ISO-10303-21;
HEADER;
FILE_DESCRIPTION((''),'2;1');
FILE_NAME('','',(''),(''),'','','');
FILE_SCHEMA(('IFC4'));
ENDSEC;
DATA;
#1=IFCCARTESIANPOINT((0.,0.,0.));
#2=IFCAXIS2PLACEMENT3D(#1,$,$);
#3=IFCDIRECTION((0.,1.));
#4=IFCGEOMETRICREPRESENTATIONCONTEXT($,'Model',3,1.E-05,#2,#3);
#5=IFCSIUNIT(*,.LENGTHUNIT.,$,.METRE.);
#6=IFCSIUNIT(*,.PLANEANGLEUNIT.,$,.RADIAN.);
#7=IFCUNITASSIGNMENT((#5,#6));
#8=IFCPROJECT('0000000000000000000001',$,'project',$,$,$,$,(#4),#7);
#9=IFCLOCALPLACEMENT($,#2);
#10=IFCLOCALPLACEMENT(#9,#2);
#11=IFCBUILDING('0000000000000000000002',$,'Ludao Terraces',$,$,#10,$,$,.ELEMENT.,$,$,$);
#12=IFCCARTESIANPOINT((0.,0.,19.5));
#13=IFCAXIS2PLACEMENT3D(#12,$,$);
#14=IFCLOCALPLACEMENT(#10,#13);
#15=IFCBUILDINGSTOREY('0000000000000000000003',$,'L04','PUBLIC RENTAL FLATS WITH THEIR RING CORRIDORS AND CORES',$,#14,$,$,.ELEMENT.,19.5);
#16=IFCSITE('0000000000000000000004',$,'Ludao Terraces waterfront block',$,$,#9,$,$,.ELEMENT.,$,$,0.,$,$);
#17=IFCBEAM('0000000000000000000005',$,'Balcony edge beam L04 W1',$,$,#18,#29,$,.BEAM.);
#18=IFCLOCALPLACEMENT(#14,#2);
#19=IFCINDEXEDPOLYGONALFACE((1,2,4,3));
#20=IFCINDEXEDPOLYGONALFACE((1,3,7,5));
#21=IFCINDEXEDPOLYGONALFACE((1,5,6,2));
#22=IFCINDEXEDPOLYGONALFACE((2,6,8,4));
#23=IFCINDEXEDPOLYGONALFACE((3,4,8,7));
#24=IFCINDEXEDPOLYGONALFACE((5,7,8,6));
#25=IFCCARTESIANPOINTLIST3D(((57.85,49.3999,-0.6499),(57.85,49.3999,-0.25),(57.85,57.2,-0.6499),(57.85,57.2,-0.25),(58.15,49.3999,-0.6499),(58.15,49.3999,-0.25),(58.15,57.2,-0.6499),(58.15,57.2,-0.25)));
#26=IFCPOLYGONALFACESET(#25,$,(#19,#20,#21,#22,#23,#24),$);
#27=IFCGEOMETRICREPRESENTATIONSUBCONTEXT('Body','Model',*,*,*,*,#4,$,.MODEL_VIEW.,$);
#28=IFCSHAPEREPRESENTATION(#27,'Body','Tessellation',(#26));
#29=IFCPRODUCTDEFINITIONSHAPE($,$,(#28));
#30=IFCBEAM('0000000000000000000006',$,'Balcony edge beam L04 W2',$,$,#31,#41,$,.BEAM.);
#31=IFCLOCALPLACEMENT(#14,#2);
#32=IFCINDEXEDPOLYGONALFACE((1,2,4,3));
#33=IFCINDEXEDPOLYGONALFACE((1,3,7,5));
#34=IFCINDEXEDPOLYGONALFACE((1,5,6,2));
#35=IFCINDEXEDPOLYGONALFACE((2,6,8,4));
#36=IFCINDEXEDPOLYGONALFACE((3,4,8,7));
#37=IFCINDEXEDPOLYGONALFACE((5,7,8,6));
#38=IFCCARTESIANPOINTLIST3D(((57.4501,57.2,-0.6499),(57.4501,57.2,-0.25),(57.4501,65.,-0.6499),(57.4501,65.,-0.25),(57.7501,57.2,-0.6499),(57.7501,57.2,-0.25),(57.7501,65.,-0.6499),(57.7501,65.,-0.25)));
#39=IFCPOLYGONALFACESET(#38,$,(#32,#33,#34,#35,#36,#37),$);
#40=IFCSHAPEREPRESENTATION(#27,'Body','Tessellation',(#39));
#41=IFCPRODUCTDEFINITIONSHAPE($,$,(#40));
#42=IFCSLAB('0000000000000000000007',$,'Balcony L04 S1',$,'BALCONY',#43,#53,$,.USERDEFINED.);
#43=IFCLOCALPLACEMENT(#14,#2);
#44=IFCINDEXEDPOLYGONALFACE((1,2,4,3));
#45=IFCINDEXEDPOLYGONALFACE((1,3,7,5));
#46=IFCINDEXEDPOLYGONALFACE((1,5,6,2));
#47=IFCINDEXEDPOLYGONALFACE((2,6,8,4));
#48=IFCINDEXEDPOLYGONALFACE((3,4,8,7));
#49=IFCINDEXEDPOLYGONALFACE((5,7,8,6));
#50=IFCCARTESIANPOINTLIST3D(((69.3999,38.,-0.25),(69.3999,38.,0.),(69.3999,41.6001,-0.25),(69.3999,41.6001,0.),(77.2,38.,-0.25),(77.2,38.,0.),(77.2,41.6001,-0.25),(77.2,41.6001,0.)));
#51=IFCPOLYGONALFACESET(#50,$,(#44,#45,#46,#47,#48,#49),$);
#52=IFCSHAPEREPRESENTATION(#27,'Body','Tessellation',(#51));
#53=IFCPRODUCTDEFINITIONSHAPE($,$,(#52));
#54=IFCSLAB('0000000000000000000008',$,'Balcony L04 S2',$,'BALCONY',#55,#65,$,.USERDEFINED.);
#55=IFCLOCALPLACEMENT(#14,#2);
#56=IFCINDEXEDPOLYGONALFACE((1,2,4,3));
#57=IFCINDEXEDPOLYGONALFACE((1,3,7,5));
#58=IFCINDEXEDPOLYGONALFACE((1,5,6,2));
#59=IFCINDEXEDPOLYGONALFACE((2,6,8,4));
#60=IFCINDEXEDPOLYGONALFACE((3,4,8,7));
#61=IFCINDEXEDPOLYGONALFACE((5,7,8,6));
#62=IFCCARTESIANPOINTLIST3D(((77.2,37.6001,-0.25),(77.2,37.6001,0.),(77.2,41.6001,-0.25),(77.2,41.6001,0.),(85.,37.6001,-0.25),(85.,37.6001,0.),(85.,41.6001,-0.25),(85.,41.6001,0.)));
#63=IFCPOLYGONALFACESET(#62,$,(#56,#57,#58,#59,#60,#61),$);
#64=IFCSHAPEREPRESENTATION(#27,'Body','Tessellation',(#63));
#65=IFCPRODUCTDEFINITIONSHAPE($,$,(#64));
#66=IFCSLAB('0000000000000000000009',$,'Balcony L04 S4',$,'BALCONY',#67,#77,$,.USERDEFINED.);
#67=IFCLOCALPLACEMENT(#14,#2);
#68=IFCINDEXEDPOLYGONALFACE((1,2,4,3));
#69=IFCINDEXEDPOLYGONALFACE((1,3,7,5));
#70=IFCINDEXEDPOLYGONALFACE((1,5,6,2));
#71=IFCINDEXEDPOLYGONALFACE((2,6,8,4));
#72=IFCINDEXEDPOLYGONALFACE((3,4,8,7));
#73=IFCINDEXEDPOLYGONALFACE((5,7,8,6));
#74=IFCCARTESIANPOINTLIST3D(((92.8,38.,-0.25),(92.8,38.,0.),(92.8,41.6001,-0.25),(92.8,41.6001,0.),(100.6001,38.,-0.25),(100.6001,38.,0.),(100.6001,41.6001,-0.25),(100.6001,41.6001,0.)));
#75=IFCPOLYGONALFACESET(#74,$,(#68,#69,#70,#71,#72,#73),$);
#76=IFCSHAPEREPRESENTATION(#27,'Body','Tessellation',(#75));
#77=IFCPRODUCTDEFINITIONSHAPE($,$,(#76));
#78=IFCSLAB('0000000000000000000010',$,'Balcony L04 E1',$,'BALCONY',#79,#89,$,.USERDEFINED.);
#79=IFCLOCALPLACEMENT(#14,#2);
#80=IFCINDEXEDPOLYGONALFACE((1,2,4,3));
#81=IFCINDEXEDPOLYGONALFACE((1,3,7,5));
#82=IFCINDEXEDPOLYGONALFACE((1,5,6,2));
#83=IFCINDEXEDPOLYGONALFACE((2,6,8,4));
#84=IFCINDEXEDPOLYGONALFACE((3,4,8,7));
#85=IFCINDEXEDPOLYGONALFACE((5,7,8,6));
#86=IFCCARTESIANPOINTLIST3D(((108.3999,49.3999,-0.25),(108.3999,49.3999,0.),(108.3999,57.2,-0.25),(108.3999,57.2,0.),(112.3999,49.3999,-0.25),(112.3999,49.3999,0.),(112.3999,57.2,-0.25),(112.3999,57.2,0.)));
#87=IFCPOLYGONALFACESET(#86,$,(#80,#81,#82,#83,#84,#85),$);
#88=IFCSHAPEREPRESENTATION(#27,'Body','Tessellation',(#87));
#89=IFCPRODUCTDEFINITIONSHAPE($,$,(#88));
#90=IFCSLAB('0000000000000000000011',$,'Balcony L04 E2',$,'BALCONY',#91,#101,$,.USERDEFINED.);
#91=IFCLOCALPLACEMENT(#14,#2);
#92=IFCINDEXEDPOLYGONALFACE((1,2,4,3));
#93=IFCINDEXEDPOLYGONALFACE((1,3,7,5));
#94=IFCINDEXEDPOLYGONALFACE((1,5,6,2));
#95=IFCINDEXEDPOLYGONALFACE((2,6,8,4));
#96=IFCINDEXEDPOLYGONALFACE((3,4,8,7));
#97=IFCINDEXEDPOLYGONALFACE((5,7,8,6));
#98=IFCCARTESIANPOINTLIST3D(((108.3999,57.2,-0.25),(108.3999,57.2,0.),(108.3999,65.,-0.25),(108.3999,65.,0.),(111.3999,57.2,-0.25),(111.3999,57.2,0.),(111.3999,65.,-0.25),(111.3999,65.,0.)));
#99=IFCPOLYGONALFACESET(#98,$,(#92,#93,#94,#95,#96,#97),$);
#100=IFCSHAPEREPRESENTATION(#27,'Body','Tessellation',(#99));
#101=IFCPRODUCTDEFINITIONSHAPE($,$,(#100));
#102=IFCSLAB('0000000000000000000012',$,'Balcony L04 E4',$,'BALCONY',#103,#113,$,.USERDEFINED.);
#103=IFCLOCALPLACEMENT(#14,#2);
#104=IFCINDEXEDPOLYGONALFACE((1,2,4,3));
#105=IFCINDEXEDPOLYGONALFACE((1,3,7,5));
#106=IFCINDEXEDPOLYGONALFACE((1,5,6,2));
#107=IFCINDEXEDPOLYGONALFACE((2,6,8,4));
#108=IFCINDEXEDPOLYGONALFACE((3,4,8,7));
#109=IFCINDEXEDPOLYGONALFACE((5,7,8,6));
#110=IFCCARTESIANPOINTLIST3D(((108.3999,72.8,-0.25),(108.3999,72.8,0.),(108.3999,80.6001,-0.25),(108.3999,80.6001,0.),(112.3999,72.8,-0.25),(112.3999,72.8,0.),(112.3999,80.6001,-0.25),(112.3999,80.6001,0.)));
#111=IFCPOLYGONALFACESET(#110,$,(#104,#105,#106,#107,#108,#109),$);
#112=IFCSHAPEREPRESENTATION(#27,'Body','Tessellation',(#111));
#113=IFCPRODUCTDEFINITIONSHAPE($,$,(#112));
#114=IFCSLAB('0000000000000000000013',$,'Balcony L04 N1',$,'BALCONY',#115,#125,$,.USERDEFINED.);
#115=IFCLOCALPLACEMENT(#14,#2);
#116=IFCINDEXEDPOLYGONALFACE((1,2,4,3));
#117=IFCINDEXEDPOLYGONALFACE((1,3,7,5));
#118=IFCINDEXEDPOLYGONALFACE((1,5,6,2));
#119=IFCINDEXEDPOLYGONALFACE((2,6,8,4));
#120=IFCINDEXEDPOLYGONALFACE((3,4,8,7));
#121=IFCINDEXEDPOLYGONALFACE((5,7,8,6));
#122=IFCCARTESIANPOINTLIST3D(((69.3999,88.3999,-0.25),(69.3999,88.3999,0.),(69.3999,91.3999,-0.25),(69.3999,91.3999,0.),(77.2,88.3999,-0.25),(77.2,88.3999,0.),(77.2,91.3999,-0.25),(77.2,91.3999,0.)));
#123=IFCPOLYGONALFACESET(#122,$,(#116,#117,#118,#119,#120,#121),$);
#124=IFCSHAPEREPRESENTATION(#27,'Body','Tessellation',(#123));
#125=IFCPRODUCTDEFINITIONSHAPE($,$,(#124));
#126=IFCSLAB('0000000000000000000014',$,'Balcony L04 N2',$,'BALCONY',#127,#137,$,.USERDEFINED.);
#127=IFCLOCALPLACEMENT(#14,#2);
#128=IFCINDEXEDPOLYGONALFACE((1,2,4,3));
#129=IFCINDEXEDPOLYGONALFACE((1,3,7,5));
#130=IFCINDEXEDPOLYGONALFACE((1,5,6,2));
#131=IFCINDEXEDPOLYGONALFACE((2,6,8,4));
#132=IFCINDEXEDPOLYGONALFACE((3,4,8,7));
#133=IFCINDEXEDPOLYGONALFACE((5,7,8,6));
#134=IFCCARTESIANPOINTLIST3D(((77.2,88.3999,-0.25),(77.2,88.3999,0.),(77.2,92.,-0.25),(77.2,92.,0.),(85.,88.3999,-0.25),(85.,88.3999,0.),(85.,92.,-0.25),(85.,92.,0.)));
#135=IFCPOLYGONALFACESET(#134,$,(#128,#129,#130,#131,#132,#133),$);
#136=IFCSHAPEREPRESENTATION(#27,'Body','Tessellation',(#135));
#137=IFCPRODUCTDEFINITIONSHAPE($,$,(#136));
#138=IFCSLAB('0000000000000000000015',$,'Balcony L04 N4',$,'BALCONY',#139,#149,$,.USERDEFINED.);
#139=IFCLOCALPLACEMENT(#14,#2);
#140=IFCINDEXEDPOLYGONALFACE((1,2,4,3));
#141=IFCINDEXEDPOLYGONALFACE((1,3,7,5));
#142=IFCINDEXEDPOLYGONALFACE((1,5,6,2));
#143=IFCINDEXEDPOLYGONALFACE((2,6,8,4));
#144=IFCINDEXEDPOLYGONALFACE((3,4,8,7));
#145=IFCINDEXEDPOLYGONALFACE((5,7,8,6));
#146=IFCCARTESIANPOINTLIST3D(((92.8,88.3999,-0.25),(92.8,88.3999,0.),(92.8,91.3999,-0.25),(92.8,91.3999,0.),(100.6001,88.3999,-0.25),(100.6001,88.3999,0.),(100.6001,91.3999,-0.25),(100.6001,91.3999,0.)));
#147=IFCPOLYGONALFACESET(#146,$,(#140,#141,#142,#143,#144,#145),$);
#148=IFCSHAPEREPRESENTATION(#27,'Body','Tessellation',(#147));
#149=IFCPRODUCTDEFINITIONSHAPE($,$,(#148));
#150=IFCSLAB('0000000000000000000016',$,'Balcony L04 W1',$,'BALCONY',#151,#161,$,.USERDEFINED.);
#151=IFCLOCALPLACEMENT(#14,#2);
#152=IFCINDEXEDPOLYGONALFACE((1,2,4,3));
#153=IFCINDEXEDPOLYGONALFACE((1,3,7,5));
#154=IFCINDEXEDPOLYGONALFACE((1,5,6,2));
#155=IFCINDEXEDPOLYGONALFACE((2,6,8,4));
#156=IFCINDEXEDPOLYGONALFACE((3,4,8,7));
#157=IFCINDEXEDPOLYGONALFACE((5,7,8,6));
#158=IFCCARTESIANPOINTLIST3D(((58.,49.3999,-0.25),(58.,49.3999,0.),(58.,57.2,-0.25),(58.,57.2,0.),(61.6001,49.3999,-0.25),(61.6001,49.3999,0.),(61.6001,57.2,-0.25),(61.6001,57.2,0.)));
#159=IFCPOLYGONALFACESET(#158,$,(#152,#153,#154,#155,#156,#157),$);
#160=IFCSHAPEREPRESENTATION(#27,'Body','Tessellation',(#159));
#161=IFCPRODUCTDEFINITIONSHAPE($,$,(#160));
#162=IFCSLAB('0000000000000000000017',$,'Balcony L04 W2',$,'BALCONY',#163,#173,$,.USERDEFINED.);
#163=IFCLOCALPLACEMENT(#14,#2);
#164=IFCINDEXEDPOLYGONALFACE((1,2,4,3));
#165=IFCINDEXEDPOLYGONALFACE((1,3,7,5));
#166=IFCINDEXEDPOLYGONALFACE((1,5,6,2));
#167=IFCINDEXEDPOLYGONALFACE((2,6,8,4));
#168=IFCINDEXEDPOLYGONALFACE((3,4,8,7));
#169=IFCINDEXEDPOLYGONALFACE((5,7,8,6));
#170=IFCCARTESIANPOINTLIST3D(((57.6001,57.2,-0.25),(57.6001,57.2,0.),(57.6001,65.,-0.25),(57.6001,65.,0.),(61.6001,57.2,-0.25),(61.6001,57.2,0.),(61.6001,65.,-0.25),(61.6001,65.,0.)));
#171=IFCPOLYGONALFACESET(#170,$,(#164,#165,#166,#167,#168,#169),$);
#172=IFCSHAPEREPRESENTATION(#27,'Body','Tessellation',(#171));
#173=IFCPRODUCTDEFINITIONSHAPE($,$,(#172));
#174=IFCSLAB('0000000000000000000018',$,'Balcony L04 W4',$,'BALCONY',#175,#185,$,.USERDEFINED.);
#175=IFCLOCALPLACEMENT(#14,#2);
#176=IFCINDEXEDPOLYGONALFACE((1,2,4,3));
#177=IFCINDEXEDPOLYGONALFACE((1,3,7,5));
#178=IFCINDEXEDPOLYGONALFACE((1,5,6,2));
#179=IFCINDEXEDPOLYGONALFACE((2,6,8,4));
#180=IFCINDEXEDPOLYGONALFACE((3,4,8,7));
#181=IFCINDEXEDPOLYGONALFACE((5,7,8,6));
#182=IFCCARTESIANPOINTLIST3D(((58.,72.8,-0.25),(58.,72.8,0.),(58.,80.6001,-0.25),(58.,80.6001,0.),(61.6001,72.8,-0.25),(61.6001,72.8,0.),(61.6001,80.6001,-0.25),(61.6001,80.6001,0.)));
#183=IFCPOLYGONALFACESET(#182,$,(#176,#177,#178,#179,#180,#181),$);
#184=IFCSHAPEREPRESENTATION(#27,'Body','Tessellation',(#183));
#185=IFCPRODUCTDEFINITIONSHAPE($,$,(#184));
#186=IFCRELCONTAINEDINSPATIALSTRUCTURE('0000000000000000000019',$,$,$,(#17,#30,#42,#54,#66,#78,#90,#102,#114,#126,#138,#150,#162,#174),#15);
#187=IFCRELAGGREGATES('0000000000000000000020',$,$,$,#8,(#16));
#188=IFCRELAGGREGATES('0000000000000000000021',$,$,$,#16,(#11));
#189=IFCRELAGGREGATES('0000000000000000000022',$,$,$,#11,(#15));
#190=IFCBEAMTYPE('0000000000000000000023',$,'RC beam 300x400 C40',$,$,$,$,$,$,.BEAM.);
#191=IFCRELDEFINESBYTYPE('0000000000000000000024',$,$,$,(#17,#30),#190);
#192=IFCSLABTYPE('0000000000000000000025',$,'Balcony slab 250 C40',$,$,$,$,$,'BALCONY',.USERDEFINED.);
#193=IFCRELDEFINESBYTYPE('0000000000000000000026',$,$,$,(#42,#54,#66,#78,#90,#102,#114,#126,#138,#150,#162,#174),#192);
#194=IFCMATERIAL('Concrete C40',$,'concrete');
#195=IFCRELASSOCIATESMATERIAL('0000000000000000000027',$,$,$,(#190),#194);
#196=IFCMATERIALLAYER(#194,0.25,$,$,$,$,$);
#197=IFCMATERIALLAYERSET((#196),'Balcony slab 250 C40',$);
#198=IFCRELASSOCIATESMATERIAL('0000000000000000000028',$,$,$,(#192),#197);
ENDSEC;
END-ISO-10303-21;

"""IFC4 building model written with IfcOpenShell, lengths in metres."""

from ifc_helpers import new_model, si_unit, direction, frame, origin, origin_2d, place, context, subcontext, project, spatial, polyline, rectangle, outline, extrude, material, layer, layer_set, material_profile, profile_set, type_object, element, save


model = new_model("IFC4")

# Units and contexts
model_context = context("Model", 3, precision=1e-05, world=origin(), true_north=direction((0.0, 1.0)))
body_context = subcontext(model_context, "Body", "Model", "MODEL_VIEW")
ifc_project = project(units=[si_unit("LENGTHUNIT", "METRE"), si_unit("PLANEANGLEUNIT", "RADIAN")], contexts=[model_context])

# Site, building, storey
site_placement = place(None, origin())
site = spatial("IfcSite", under=ifc_project, at=site_placement, Name="Ludao Terraces waterfront block", CompositionType="ELEMENT", RefElevation=0.0)
building_placement = place(site_placement, origin())
building = spatial("IfcBuilding", under=site, at=building_placement, Name="Ludao Terraces", CompositionType="ELEMENT")
storey_placement = place(building_placement, frame((0.0, 0.0, 19.5)))
storey = spatial("IfcBuildingStorey", under=building, at=storey_placement, Name="L04", Description="PUBLIC RENTAL FLATS WITH THEIR RING CORRIDORS AND CORES", CompositionType="ELEMENT", Elevation=19.5)

# Beams
ifc_material_1 = material(Name="Concrete C40", Category="concrete")
ifc_material_profile = material_profile(ifc_material_1, rectangle(XDim=0.3, YDim=0.3999, at=origin_2d()), Name="300 X 400")
ifc_profile_set = profile_set([ifc_material_profile], Name="Concrete C40")
beam_type = type_object("IfcBeamType", Name="RC beam 300x400 C40", PredefinedType="BEAM", material=ifc_profile_set)
for number, where, z_axis, x_axis, name in (
    (1, (58.0, 49.3999, -0.45), (0.0, 1.0, 0.0), (-1.0, 0.0, 0.0), "Balcony edge beam L04 W1"),
    (2, (57.6001, 57.2, -0.45), (0.0, 1.0, 0.0), (-1.0, 0.0, 0.0), "Balcony edge beam L04 W2"),
):
    element("IfcBeam", number, at=place(storey_placement, frame(where, z_axis=z_axis, x_axis=x_axis)), inside=storey, type_object=beam_type, Name=name, PredefinedType="BEAM", context=body_context, shape_type="SweptSolid", body=[
        extrude(rectangle(XDim=0.3, YDim=0.3999, at=origin_2d()), origin(), (0.0, 0.0, 1.0), 7.8),
    ])

# Slabs
ifc_layer_1 = layer(ifc_material_1, 0.25)
ifc_layer_set_1 = layer_set([ifc_layer_1], Name="Balcony slab 250 C40")
slab_type_1 = type_object("IfcSlabType", Name="Balcony slab 250 C40", ElementType="BALCONY", PredefinedType="USERDEFINED", material=ifc_layer_set_1)
slab_1_placement = place(storey_placement, frame((0.0, 0.0, -0.25)))
element("IfcSlab", 3, at=slab_1_placement, inside=storey, type_object=slab_type_1, Name="Balcony L04 S1", ObjectType="BALCONY", PredefinedType="USERDEFINED", context=body_context, shape_type="SweptSolid", body=[
    extrude(outline(polyline([(69.3999, 38.0), (77.2, 38.0), (77.2, 41.6001), (69.3999, 41.6001), (69.3999, 38.0)])), origin(), (0.0, 0.0, 1.0), 0.25),
])
slab_2_placement = place(storey_placement, frame((0.0, 0.0, -0.25)))
element("IfcSlab", 4, at=slab_2_placement, inside=storey, type_object=slab_type_1, Name="Balcony L04 S2", ObjectType="BALCONY", PredefinedType="USERDEFINED", context=body_context, shape_type="SweptSolid", body=[
    extrude(outline(polyline([(77.2, 37.6001), (85.0, 37.6001), (85.0, 41.6001), (77.2, 41.6001), (77.2, 37.6001)])), origin(), (0.0, 0.0, 1.0), 0.25),
])
slab_3_placement = place(storey_placement, frame((0.0, 0.0, -0.25)))
element("IfcSlab", 5, at=slab_3_placement, inside=storey, type_object=slab_type_1, Name="Balcony L04 S4", ObjectType="BALCONY", PredefinedType="USERDEFINED", context=body_context, shape_type="SweptSolid", body=[
    extrude(outline(polyline([(92.8, 38.0), (100.6001, 38.0), (100.6001, 41.6001), (92.8, 41.6001), (92.8, 38.0)])), origin(), (0.0, 0.0, 1.0), 0.25),
])
slab_4_placement = place(storey_placement, frame((0.0, 0.0, -0.25)))
element("IfcSlab", 6, at=slab_4_placement, inside=storey, type_object=slab_type_1, Name="Balcony L04 E1", ObjectType="BALCONY", PredefinedType="USERDEFINED", context=body_context, shape_type="SweptSolid", body=[
    extrude(outline(polyline([(108.3999, 49.3999), (112.3999, 49.3999), (112.3999, 57.2), (108.3999, 57.2), (108.3999, 49.3999)])), origin(), (0.0, 0.0, 1.0), 0.25),
])
slab_5_placement = place(storey_placement, frame((0.0, 0.0, -0.25)))
element("IfcSlab", 7, at=slab_5_placement, inside=storey, type_object=slab_type_1, Name="Balcony L04 E2", ObjectType="BALCONY", PredefinedType="USERDEFINED", context=body_context, shape_type="SweptSolid", body=[
    extrude(outline(polyline([(108.3999, 57.2), (111.3999, 57.2), (111.3999, 65.0), (108.3999, 65.0), (108.3999, 57.2)])), origin(), (0.0, 0.0, 1.0), 0.25),
])
slab_6_placement = place(storey_placement, frame((0.0, 0.0, -0.25)))
element("IfcSlab", 8, at=slab_6_placement, inside=storey, type_object=slab_type_1, Name="Balcony L04 E4", ObjectType="BALCONY", PredefinedType="USERDEFINED", context=body_context, shape_type="SweptSolid", body=[
    extrude(outline(polyline([(108.3999, 72.8), (112.3999, 72.8), (112.3999, 80.6001), (108.3999, 80.6001), (108.3999, 72.8)])), origin(), (0.0, 0.0, 1.0), 0.25),
])
slab_7_placement = place(storey_placement, frame((0.0, 0.0, -0.25)))
element("IfcSlab", 9, at=slab_7_placement, inside=storey, type_object=slab_type_1, Name="Balcony L04 N1", ObjectType="BALCONY", PredefinedType="USERDEFINED", context=body_context, shape_type="SweptSolid", body=[
    extrude(outline(polyline([(69.3999, 88.3999), (77.2, 88.3999), (77.2, 91.3999), (69.3999, 91.3999), (69.3999, 88.3999)])), origin(), (0.0, 0.0, 1.0), 0.25),
])
slab_8_placement = place(storey_placement, frame((0.0, 0.0, -0.25)))
element("IfcSlab", 10, at=slab_8_placement, inside=storey, type_object=slab_type_1, Name="Balcony L04 N2", ObjectType="BALCONY", PredefinedType="USERDEFINED", context=body_context, shape_type="SweptSolid", body=[
    extrude(outline(polyline([(77.2, 88.3999), (85.0, 88.3999), (85.0, 92.0), (77.2, 92.0), (77.2, 88.3999)])), origin(), (0.0, 0.0, 1.0), 0.25),
])
slab_9_placement = place(storey_placement, frame((0.0, 0.0, -0.25)))
element("IfcSlab", 11, at=slab_9_placement, inside=storey, type_object=slab_type_1, Name="Balcony L04 N4", ObjectType="BALCONY", PredefinedType="USERDEFINED", context=body_context, shape_type="SweptSolid", body=[
    extrude(outline(polyline([(92.8, 88.3999), (100.6001, 88.3999), (100.6001, 91.3999), (92.8, 91.3999), (92.8, 88.3999)])), origin(), (0.0, 0.0, 1.0), 0.25),
])
slab_10_placement = place(storey_placement, frame((0.0, 0.0, -0.25)))
element("IfcSlab", 12, at=slab_10_placement, inside=storey, type_object=slab_type_1, Name="Balcony L04 W1", ObjectType="BALCONY", PredefinedType="USERDEFINED", context=body_context, shape_type="SweptSolid", body=[
    extrude(outline(polyline([(58.0, 49.3999), (61.6001, 49.3999), (61.6001, 57.2), (58.0, 57.2), (58.0, 49.3999)])), origin(), (0.0, 0.0, 1.0), 0.25),
])
slab_11_placement = place(storey_placement, frame((0.0, 0.0, -0.25)))
element("IfcSlab", 13, at=slab_11_placement, inside=storey, type_object=slab_type_1, Name="Balcony L04 W2", ObjectType="BALCONY", PredefinedType="USERDEFINED", context=body_context, shape_type="SweptSolid", body=[
    extrude(outline(polyline([(57.6001, 57.2), (61.6001, 57.2), (61.6001, 65.0), (57.6001, 65.0), (57.6001, 57.2)])), origin(), (0.0, 0.0, 1.0), 0.25),
])
slab_12_placement = place(storey_placement, frame((0.0, 0.0, -0.25)))
element("IfcSlab", 14, at=slab_12_placement, inside=storey, type_object=slab_type_1, Name="Balcony L04 W4", ObjectType="BALCONY", PredefinedType="USERDEFINED", context=body_context, shape_type="SweptSolid", body=[
    extrude(outline(polyline([(58.0, 72.8), (61.6001, 72.8), (61.6001, 80.6001), (58.0, 80.6001), (58.0, 72.8)])), origin(), (0.0, 0.0, 1.0), 0.25),
])

save(model, "model.ifc")
